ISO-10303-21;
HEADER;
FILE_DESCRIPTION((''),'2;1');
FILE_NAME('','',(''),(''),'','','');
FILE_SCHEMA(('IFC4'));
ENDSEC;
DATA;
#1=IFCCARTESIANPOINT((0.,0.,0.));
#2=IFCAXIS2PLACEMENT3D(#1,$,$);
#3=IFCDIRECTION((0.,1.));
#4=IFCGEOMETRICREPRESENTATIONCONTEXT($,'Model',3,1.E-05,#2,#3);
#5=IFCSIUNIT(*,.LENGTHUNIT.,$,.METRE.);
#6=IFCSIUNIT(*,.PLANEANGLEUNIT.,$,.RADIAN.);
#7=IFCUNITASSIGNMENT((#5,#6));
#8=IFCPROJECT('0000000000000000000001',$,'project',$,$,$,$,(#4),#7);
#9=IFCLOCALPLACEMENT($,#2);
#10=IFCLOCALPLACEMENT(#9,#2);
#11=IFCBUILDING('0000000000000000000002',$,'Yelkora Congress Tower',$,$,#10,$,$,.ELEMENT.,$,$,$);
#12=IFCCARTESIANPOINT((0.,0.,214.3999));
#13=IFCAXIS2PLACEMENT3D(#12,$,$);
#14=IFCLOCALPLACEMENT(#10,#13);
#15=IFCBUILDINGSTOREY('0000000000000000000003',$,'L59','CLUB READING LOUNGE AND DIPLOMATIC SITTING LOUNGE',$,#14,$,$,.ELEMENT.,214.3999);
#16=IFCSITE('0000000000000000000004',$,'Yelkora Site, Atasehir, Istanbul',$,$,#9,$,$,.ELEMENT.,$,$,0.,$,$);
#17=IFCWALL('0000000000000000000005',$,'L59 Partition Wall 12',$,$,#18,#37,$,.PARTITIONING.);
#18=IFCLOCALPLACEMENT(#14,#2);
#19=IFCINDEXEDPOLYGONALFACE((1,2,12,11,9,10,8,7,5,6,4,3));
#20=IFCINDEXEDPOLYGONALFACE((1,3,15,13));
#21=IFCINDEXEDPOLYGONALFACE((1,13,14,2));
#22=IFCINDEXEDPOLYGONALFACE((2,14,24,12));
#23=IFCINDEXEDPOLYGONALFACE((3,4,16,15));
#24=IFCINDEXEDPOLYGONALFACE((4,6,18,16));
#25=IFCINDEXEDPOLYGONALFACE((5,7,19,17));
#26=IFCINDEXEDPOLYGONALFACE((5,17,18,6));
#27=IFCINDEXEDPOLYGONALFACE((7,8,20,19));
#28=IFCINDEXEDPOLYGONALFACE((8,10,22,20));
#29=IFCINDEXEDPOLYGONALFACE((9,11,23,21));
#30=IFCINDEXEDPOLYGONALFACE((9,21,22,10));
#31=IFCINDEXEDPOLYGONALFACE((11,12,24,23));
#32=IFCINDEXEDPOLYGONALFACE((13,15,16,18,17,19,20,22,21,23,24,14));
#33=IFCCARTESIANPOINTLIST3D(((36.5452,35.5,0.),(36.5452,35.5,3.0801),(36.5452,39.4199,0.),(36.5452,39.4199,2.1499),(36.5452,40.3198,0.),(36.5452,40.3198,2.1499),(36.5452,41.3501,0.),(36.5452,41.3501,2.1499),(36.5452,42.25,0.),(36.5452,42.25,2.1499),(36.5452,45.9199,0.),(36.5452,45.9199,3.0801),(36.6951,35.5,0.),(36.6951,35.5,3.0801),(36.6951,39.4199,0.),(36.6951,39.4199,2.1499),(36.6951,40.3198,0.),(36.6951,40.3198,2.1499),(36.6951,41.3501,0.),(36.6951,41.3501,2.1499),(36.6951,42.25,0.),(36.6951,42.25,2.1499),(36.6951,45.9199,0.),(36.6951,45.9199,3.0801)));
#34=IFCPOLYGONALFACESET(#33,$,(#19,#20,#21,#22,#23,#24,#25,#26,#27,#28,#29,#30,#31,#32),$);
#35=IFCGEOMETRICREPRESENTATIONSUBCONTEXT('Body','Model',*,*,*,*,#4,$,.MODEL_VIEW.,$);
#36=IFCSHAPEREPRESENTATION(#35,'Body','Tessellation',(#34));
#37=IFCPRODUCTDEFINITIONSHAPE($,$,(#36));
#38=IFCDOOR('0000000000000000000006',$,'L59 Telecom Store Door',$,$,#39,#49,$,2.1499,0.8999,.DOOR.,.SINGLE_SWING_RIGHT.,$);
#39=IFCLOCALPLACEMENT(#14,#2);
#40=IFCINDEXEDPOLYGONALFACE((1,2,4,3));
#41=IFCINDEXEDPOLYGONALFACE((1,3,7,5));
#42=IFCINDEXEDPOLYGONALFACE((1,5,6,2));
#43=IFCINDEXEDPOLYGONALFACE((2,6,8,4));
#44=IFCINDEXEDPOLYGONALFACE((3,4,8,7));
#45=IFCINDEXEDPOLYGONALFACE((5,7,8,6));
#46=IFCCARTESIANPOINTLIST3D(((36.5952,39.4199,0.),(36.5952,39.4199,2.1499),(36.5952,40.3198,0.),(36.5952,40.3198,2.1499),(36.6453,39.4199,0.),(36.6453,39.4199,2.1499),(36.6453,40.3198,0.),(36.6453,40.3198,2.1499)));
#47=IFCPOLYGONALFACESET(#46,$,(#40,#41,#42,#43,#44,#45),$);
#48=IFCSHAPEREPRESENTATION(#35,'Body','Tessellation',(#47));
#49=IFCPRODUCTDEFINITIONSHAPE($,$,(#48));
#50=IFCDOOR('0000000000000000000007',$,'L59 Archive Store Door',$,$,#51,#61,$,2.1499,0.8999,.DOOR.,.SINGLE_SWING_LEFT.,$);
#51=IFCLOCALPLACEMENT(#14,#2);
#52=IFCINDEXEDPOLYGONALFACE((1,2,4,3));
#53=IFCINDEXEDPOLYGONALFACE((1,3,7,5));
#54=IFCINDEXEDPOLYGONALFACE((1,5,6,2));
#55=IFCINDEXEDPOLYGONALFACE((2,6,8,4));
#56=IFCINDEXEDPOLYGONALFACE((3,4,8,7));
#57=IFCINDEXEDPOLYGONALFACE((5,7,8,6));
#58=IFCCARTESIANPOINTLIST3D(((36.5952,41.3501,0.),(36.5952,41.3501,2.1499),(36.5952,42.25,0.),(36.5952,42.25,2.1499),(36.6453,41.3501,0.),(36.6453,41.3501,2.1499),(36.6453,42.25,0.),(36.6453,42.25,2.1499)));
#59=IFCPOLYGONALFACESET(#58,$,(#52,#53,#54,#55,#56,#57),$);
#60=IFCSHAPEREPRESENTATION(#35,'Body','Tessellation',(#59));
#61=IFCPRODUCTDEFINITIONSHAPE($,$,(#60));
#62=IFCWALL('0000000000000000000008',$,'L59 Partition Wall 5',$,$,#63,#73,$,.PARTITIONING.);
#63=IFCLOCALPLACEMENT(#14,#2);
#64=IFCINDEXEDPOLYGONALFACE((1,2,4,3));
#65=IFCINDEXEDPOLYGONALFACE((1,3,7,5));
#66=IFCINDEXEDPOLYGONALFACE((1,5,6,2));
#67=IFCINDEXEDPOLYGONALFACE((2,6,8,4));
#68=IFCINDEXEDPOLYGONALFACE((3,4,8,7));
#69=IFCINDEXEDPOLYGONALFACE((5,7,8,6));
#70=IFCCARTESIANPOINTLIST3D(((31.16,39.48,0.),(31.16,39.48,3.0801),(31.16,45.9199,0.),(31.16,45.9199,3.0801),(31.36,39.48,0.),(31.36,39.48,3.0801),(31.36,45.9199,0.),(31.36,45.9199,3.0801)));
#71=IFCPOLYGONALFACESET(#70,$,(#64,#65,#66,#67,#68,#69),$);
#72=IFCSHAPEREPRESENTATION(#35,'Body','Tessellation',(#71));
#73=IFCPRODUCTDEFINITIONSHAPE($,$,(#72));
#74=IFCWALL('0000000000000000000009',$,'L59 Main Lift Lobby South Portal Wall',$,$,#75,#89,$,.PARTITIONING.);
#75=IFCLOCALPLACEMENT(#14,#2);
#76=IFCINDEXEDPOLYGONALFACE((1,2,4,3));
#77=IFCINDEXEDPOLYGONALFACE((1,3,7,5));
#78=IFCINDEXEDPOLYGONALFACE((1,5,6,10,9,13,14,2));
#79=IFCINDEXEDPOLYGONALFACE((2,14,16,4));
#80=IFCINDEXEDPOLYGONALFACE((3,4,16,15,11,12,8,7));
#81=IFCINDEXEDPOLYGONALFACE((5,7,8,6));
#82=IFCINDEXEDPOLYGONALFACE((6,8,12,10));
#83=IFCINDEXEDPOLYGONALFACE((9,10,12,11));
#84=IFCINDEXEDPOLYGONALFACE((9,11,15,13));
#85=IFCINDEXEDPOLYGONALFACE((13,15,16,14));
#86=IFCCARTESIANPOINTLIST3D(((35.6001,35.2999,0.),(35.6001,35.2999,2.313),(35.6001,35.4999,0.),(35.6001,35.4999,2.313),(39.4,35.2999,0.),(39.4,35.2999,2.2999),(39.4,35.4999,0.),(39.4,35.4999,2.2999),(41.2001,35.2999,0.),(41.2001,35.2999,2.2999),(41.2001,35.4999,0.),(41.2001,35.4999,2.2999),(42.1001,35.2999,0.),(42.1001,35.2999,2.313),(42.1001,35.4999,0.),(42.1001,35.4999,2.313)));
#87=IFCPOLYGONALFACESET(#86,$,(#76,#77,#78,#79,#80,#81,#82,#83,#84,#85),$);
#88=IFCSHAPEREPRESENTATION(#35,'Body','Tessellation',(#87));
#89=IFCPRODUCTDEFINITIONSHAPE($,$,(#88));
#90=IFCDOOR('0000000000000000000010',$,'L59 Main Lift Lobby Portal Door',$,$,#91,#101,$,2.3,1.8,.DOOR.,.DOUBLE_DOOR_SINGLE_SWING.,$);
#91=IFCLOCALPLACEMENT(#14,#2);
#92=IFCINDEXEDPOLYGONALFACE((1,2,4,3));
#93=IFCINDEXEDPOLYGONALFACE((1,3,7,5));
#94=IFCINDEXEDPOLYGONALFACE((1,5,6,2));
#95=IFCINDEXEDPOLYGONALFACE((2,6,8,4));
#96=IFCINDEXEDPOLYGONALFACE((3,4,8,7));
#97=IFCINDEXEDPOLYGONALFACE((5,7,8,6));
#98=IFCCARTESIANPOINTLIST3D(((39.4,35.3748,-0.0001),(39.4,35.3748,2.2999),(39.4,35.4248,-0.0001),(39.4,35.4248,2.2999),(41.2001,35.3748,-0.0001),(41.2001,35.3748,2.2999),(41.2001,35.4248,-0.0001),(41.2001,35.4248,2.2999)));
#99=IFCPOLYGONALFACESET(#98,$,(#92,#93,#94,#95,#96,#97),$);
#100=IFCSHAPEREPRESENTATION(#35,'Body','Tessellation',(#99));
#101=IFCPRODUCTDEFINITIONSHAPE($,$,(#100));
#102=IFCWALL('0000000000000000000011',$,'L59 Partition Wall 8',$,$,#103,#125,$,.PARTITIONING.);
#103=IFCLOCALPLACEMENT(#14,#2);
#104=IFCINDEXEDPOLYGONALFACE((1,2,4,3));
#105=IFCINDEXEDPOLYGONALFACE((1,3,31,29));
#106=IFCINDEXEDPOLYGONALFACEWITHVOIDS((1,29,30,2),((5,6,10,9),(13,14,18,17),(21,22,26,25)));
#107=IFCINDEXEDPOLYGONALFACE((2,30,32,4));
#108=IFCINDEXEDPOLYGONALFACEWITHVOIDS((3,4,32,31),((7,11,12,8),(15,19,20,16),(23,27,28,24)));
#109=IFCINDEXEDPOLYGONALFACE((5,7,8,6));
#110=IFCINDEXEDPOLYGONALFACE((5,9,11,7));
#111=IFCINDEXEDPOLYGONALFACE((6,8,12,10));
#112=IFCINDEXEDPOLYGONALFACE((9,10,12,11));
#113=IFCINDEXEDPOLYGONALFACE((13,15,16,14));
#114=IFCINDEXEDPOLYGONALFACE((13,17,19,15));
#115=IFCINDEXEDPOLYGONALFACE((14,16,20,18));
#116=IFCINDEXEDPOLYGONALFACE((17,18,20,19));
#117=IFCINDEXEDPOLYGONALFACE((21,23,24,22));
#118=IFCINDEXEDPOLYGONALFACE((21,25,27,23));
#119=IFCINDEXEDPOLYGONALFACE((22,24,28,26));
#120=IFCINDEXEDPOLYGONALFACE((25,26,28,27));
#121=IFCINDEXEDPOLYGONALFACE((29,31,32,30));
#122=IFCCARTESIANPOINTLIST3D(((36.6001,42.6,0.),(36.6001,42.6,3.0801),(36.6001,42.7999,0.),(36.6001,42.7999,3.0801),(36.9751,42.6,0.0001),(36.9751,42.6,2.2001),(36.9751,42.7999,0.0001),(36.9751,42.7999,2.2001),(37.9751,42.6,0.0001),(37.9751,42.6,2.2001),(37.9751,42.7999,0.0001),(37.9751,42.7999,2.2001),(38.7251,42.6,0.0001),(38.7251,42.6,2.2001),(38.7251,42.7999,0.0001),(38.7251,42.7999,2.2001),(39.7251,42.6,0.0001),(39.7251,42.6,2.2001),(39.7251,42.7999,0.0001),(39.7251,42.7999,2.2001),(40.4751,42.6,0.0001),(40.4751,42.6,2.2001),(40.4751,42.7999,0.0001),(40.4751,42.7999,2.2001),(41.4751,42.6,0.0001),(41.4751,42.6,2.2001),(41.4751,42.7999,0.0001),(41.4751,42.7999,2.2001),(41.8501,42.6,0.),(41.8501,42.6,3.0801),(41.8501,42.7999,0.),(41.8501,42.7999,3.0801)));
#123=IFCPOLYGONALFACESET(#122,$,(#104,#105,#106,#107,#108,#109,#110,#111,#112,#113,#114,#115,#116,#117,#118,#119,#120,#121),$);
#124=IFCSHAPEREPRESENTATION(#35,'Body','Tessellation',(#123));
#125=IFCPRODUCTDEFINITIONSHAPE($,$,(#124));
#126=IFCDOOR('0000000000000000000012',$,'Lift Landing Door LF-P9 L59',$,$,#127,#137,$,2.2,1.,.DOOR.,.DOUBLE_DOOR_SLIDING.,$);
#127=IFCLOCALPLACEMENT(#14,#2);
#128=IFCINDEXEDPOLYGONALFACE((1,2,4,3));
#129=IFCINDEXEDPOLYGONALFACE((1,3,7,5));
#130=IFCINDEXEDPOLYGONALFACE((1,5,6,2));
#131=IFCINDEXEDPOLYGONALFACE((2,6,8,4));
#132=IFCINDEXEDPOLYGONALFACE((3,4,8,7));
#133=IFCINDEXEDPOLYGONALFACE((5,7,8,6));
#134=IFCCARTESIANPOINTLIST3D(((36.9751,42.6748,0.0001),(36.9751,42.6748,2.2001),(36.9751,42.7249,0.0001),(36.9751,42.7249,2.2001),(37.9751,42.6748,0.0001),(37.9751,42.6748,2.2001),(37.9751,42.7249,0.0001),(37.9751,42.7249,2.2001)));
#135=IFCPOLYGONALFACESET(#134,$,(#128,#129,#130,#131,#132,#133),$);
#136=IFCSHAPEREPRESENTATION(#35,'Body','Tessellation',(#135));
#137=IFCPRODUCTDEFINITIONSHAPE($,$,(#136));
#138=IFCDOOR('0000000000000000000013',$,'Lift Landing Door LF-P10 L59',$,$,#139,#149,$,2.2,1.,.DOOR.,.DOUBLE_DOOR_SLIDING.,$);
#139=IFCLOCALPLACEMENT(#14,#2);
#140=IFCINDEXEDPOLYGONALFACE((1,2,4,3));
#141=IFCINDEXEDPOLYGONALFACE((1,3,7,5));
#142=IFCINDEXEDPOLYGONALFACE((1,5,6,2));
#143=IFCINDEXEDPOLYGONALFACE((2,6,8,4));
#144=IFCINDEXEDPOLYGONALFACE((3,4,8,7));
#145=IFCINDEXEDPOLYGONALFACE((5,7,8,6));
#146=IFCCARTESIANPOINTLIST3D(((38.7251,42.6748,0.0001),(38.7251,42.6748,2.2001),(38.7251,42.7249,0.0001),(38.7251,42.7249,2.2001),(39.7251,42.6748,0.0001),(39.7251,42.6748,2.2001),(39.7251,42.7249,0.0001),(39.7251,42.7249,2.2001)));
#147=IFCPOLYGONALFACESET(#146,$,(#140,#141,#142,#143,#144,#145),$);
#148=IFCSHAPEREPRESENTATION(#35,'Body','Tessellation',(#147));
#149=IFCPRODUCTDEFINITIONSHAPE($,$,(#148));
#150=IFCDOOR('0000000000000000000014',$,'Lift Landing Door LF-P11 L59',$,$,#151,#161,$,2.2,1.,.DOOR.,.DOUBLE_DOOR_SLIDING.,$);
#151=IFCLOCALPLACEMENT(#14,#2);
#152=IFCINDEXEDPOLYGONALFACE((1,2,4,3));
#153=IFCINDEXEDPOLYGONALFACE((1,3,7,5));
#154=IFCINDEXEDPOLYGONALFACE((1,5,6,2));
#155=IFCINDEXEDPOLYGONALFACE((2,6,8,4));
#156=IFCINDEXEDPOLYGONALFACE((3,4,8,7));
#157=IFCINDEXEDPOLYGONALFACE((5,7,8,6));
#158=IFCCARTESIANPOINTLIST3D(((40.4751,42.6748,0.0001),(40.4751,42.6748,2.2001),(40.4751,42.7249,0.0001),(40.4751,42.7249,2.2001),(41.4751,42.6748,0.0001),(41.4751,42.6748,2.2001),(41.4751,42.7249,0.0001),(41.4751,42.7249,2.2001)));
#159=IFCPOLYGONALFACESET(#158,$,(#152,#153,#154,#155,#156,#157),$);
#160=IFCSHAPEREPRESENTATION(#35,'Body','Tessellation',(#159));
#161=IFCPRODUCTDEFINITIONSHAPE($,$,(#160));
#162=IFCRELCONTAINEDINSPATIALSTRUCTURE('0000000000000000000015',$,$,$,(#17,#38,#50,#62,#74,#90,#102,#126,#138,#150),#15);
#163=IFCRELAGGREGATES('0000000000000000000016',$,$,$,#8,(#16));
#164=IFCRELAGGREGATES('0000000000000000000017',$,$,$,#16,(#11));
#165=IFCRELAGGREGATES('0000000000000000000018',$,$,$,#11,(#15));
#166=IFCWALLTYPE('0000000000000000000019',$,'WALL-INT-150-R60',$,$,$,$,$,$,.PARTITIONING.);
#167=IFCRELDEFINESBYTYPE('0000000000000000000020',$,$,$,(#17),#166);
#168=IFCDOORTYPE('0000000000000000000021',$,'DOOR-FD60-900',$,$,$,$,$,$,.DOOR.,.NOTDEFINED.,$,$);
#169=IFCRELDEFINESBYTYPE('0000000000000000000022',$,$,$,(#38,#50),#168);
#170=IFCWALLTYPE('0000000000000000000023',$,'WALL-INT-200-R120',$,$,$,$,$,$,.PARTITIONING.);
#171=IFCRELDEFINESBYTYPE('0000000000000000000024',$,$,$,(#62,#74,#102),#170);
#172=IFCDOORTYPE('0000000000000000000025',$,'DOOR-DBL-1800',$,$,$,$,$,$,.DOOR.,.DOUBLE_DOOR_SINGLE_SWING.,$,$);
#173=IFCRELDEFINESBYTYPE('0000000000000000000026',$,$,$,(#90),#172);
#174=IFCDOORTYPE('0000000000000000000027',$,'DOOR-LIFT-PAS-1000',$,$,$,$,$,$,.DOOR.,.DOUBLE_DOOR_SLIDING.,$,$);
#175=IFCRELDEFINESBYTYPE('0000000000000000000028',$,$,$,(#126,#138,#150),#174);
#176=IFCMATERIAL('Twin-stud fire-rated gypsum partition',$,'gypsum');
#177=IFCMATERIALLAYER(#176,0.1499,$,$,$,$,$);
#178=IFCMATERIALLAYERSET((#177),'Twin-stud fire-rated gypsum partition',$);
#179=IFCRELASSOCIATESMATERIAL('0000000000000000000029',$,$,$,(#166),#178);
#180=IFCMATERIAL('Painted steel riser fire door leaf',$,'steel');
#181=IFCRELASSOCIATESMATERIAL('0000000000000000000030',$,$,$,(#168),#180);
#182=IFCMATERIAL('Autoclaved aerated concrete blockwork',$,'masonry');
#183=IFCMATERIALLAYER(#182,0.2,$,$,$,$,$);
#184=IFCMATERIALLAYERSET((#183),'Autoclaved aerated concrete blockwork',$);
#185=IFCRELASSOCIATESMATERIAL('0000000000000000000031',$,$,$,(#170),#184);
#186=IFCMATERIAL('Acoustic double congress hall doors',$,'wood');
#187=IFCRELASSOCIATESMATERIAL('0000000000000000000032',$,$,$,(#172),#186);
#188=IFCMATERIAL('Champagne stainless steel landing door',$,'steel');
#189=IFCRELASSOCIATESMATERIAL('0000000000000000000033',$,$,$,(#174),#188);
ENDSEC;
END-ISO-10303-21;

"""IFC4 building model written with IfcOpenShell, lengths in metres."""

from ifc_helpers import new_model, si_unit, direction, frame, frame_2d, origin, place, context, subcontext, project, spatial, rectangle, extrude, material, layer, layer_set, type_object, element, fill, save


model = new_model("IFC4")

# Units and contexts
model_context = context("Model", 3, precision=1e-05, world=origin(), true_north=direction((0.0, 1.0)))
body_context = subcontext(model_context, "Body", "Model", "MODEL_VIEW")
ifc_project = project(units=[si_unit("LENGTHUNIT", "METRE"), si_unit("PLANEANGLEUNIT", "RADIAN")], contexts=[model_context])

# Site, building, storey
site_placement = place(None, origin())
site = spatial("IfcSite", under=ifc_project, at=site_placement, Name="Yelkora Site, Atasehir, Istanbul", CompositionType="ELEMENT", RefElevation=0.0)
building_placement = place(site_placement, origin())
building = spatial("IfcBuilding", under=site, at=building_placement, Name="Yelkora Congress Tower", CompositionType="ELEMENT")
storey_placement = place(building_placement, frame((0.0, 0.0, 214.3999)))
storey = spatial("IfcBuildingStorey", under=building, at=storey_placement, Name="L59", Description="CLUB READING LOUNGE AND DIPLOMATIC SITTING LOUNGE", CompositionType="ELEMENT", Elevation=214.3999)

# Shared definitions
ifc_material_1 = material(Name="Twin-stud fire-rated gypsum partition", Category="gypsum")
ifc_layer_1 = layer(ifc_material_1, 0.1499)
ifc_layer_set_1 = layer_set([ifc_layer_1], Name="Twin-stud fire-rated gypsum partition")
wall_type_1 = type_object("IfcWallType", Name="WALL-INT-150-R60", PredefinedType="PARTITIONING", material=ifc_layer_set_1)

# Wall, openings, doors
wall_1_placement = place(storey_placement, frame((36.6201, 35.5, 0.0), z_axis=(0.0, 0.0, 1.0), x_axis=(0.0, 1.0, 0.0)))
wall_1 = element("IfcWall", 1, at=wall_1_placement, inside=storey, type_object=wall_type_1, Name="L59 Partition Wall 12", PredefinedType="PARTITIONING", context=body_context, shape_type="SweptSolid", body=[
    extrude(rectangle(XDim=10.4199, YDim=0.1499, at=frame_2d((5.21, 0.0))), origin(), (0.0, 0.0, 1.0), 3.0801),
])
opening_1_placement = place(wall_1_placement, frame((3.9199, 0.0, 0.0)))
opening_1 = element("IfcOpeningElement", 2, at=opening_1_placement, cuts=wall_1, PredefinedType="OPENING", context=body_context, shape_type="SweptSolid", body=[
    extrude(rectangle(XDim=0.8999, YDim=2.1499, at=frame_2d((0.45, 1.075))), frame((0.0, 0.085, 0.0), z_axis=(0.0, -1.0, 0.0), x_axis=(1.0, 0.0, 0.0)), (0.0, 0.0, 1.0), 0.1699),
])
opening_2_placement = place(wall_1_placement, frame((5.8501, 0.0, 0.0)))
opening_2 = element("IfcOpeningElement", 3, at=opening_2_placement, cuts=wall_1, PredefinedType="OPENING", context=body_context, shape_type="SweptSolid", body=[
    extrude(rectangle(XDim=0.8999, YDim=2.1499, at=frame_2d((0.45, 1.075))), frame((0.0, 0.085, 0.0), z_axis=(0.0, -1.0, 0.0), x_axis=(1.0, 0.0, 0.0)), (0.0, 0.0, 1.0), 0.1699),
])
ifc_material_2 = material(Name="Painted steel riser fire door leaf", Category="steel")
door_type_1 = type_object("IfcDoorType", Name="DOOR-FD60-900", OperationType="NOTDEFINED", PredefinedType="DOOR", material=ifc_material_2)
door_1_placement = place(opening_1_placement, origin())
door_1 = element("IfcDoor", 4, at=door_1_placement, inside=storey, type_object=door_type_1, Name="L59 Telecom Store Door", OperationType="SINGLE_SWING_RIGHT", OverallHeight=2.1499, OverallWidth=0.8999, PredefinedType="DOOR", context=body_context, shape_type="SweptSolid", body=[
    extrude(rectangle(XDim=0.8999, YDim=2.1499, at=frame_2d((0.45, 1.075))), frame((0.0, 0.0249, 0.0), z_axis=(0.0, -1.0, 0.0), x_axis=(1.0, 0.0, 0.0)), (0.0, 0.0, 1.0), 0.05),
])
fill(opening_1, door_1)
door_2_placement = place(opening_2_placement, origin())
door_2 = element("IfcDoor", 5, at=door_2_placement, inside=storey, type_object=door_type_1, Name="L59 Archive Store Door", OperationType="SINGLE_SWING_LEFT", OverallHeight=2.1499, OverallWidth=0.8999, PredefinedType="DOOR", context=body_context, shape_type="SweptSolid", body=[
    extrude(rectangle(XDim=0.8999, YDim=2.1499, at=frame_2d((0.45, 1.075))), frame((0.0, 0.0249, 0.0), z_axis=(0.0, -1.0, 0.0), x_axis=(1.0, 0.0, 0.0)), (0.0, 0.0, 1.0), 0.05),
])
fill(opening_2, door_2)

# Wall
ifc_material_3 = material(Name="Autoclaved aerated concrete blockwork", Category="masonry")
ifc_layer_2 = layer(ifc_material_3, 0.2)
ifc_layer_set_2 = layer_set([ifc_layer_2], Name="Autoclaved aerated concrete blockwork")
wall_type_2 = type_object("IfcWallType", Name="WALL-INT-200-R120", PredefinedType="PARTITIONING", material=ifc_layer_set_2)
wall_2_placement = place(storey_placement, frame((31.26, 39.48, 0.0), z_axis=(0.0, 0.0, 1.0), x_axis=(0.0, 1.0, 0.0)))
element("IfcWall", 6, at=wall_2_placement, inside=storey, type_object=wall_type_2, Name="L59 Partition Wall 5", PredefinedType="PARTITIONING", context=body_context, shape_type="SweptSolid", body=[
    extrude(rectangle(XDim=6.4399, YDim=0.2, at=frame_2d((3.22, 0.0))), origin(), (0.0, 0.0, 1.0), 3.0801),
])

# Wall, opening, door
wall_3_placement = place(storey_placement, frame((35.6001, 35.3999, 0.0), z_axis=(0.0, 0.0, 1.0), x_axis=(1.0, 0.0, 0.0)))
wall_3 = element("IfcWall", 7, at=wall_3_placement, inside=storey, type_object=wall_type_2, Name="L59 Main Lift Lobby South Portal Wall", PredefinedType="PARTITIONING", context=body_context, shape_type="SweptSolid", body=[
    extrude(rectangle(XDim=6.5, YDim=0.2, at=frame_2d((3.25, 0.0))), origin(), (0.0, 0.0, 1.0), 2.313),
])
opening_3_placement = place(wall_3_placement, frame((3.8, 0.0, 0.0)))
opening_3 = element("IfcOpeningElement", 8, at=opening_3_placement, cuts=wall_3, PredefinedType="OPENING", context=body_context, shape_type="SweptSolid", body=[
    extrude(rectangle(XDim=1.8, YDim=2.3, at=frame_2d((0.8999, 1.1499))), frame((0.0, 0.1099, 0.0), z_axis=(0.0, -1.0, 0.0), x_axis=(1.0, 0.0, 0.0)), (0.0, 0.0, 1.0), 0.22),
])
ifc_material_4 = material(Name="Acoustic double congress hall doors", Category="wood")
door_type_2 = type_object("IfcDoorType", Name="DOOR-DBL-1800", OperationType="DOUBLE_DOOR_SINGLE_SWING", PredefinedType="DOOR", material=ifc_material_4)
door_3_placement = place(opening_3_placement, origin())
door_3 = element("IfcDoor", 9, at=door_3_placement, inside=storey, type_object=door_type_2, Name="L59 Main Lift Lobby Portal Door", OperationType="DOUBLE_DOOR_SINGLE_SWING", OverallHeight=2.3, OverallWidth=1.8, PredefinedType="DOOR", context=body_context, shape_type="SweptSolid", body=[
    extrude(rectangle(XDim=1.8, YDim=2.3, at=frame_2d((0.8999, 1.1499))), frame((0.0, 0.0249, 0.0), z_axis=(0.0, -1.0, 0.0), x_axis=(1.0, 0.0, 0.0)), (0.0, 0.0, 1.0), 0.05),
])
fill(opening_3, door_3)

# Wall, openings, doors
wall_4_placement = place(storey_placement, frame((36.6001, 42.7, 0.0), z_axis=(0.0, 0.0, 1.0), x_axis=(1.0, 0.0, 0.0)))
wall_4 = element("IfcWall", 10, at=wall_4_placement, inside=storey, type_object=wall_type_2, Name="L59 Partition Wall 8", PredefinedType="PARTITIONING", context=body_context, shape_type="SweptSolid", body=[
    extrude(rectangle(XDim=5.25, YDim=0.2, at=frame_2d((2.625, 0.0))), origin(), (0.0, 0.0, 1.0), 3.0801),
])
opening_4_placement = place(wall_4_placement, frame((0.375, 0.0, 0.0)))
opening_4 = element("IfcOpeningElement", 11, at=opening_4_placement, cuts=wall_4, PredefinedType="OPENING", context=body_context, shape_type="SweptSolid", body=[
    extrude(rectangle(XDim=1.0, YDim=2.2, at=frame_2d((0.5, 1.1001))), frame((0.0, 0.1099, 0.0), z_axis=(0.0, -1.0, 0.0), x_axis=(1.0, 0.0, 0.0)), (0.0, 0.0, 1.0), 0.22),
])
opening_5_placement = place(wall_4_placement, frame((2.125, 0.0, 0.0)))
opening_5 = element("IfcOpeningElement", 12, at=opening_5_placement, cuts=wall_4, PredefinedType="OPENING", context=body_context, shape_type="SweptSolid", body=[
    extrude(rectangle(XDim=1.0, YDim=2.2, at=frame_2d((0.5, 1.1001))), frame((0.0, 0.1099, 0.0), z_axis=(0.0, -1.0, 0.0), x_axis=(1.0, 0.0, 0.0)), (0.0, 0.0, 1.0), 0.22),
])
opening_6_placement = place(wall_4_placement, frame((3.875, 0.0, 0.0)))
opening_6 = element("IfcOpeningElement", 13, at=opening_6_placement, cuts=wall_4, PredefinedType="OPENING", context=body_context, shape_type="SweptSolid", body=[
    extrude(rectangle(XDim=1.0, YDim=2.2, at=frame_2d((0.5, 1.1001))), frame((0.0, 0.1099, 0.0), z_axis=(0.0, -1.0, 0.0), x_axis=(1.0, 0.0, 0.0)), (0.0, 0.0, 1.0), 0.22),
])
ifc_material_5 = material(Name="Champagne stainless steel landing door", Category="steel")
door_type_3 = type_object("IfcDoorType", Name="DOOR-LIFT-PAS-1000", OperationType="DOUBLE_DOOR_SLIDING", PredefinedType="DOOR", material=ifc_material_5)
door_4_placement = place(opening_4_placement, origin())
door_4 = element("IfcDoor", 14, at=door_4_placement, inside=storey, type_object=door_type_3, Name="Lift Landing Door LF-P9 L59", OperationType="DOUBLE_DOOR_SLIDING", OverallHeight=2.2, OverallWidth=1.0, PredefinedType="DOOR", context=body_context, shape_type="SweptSolid", body=[
    extrude(rectangle(XDim=1.0, YDim=2.2, at=frame_2d((0.5, 1.1001))), frame((0.0, 0.0249, 0.0), z_axis=(0.0, -1.0, 0.0), x_axis=(1.0, 0.0, 0.0)), (0.0, 0.0, 1.0), 0.05),
])
fill(opening_4, door_4)
door_5_placement = place(opening_5_placement, origin())
door_5 = element("IfcDoor", 15, at=door_5_placement, inside=storey, type_object=door_type_3, Name="Lift Landing Door LF-P10 L59", OperationType="DOUBLE_DOOR_SLIDING", OverallHeight=2.2, OverallWidth=1.0, PredefinedType="DOOR", context=body_context, shape_type="SweptSolid", body=[
    extrude(rectangle(XDim=1.0, YDim=2.2, at=frame_2d((0.5, 1.1001))), frame((0.0, 0.0249, 0.0), z_axis=(0.0, -1.0, 0.0), x_axis=(1.0, 0.0, 0.0)), (0.0, 0.0, 1.0), 0.05),
])
fill(opening_5, door_5)
door_6_placement = place(opening_6_placement, origin())
door_6 = element("IfcDoor", 16, at=door_6_placement, inside=storey, type_object=door_type_3, Name="Lift Landing Door LF-P11 L59", OperationType="DOUBLE_DOOR_SLIDING", OverallHeight=2.2, OverallWidth=1.0, PredefinedType="DOOR", context=body_context, shape_type="SweptSolid", body=[
    extrude(rectangle(XDim=1.0, YDim=2.2, at=frame_2d((0.5, 1.1001))), frame((0.0, 0.0249, 0.0), z_axis=(0.0, -1.0, 0.0), x_axis=(1.0, 0.0, 0.0)), (0.0, 0.0, 1.0), 0.05),
])
fill(opening_6, door_6)

save(model, "model.ifc")
